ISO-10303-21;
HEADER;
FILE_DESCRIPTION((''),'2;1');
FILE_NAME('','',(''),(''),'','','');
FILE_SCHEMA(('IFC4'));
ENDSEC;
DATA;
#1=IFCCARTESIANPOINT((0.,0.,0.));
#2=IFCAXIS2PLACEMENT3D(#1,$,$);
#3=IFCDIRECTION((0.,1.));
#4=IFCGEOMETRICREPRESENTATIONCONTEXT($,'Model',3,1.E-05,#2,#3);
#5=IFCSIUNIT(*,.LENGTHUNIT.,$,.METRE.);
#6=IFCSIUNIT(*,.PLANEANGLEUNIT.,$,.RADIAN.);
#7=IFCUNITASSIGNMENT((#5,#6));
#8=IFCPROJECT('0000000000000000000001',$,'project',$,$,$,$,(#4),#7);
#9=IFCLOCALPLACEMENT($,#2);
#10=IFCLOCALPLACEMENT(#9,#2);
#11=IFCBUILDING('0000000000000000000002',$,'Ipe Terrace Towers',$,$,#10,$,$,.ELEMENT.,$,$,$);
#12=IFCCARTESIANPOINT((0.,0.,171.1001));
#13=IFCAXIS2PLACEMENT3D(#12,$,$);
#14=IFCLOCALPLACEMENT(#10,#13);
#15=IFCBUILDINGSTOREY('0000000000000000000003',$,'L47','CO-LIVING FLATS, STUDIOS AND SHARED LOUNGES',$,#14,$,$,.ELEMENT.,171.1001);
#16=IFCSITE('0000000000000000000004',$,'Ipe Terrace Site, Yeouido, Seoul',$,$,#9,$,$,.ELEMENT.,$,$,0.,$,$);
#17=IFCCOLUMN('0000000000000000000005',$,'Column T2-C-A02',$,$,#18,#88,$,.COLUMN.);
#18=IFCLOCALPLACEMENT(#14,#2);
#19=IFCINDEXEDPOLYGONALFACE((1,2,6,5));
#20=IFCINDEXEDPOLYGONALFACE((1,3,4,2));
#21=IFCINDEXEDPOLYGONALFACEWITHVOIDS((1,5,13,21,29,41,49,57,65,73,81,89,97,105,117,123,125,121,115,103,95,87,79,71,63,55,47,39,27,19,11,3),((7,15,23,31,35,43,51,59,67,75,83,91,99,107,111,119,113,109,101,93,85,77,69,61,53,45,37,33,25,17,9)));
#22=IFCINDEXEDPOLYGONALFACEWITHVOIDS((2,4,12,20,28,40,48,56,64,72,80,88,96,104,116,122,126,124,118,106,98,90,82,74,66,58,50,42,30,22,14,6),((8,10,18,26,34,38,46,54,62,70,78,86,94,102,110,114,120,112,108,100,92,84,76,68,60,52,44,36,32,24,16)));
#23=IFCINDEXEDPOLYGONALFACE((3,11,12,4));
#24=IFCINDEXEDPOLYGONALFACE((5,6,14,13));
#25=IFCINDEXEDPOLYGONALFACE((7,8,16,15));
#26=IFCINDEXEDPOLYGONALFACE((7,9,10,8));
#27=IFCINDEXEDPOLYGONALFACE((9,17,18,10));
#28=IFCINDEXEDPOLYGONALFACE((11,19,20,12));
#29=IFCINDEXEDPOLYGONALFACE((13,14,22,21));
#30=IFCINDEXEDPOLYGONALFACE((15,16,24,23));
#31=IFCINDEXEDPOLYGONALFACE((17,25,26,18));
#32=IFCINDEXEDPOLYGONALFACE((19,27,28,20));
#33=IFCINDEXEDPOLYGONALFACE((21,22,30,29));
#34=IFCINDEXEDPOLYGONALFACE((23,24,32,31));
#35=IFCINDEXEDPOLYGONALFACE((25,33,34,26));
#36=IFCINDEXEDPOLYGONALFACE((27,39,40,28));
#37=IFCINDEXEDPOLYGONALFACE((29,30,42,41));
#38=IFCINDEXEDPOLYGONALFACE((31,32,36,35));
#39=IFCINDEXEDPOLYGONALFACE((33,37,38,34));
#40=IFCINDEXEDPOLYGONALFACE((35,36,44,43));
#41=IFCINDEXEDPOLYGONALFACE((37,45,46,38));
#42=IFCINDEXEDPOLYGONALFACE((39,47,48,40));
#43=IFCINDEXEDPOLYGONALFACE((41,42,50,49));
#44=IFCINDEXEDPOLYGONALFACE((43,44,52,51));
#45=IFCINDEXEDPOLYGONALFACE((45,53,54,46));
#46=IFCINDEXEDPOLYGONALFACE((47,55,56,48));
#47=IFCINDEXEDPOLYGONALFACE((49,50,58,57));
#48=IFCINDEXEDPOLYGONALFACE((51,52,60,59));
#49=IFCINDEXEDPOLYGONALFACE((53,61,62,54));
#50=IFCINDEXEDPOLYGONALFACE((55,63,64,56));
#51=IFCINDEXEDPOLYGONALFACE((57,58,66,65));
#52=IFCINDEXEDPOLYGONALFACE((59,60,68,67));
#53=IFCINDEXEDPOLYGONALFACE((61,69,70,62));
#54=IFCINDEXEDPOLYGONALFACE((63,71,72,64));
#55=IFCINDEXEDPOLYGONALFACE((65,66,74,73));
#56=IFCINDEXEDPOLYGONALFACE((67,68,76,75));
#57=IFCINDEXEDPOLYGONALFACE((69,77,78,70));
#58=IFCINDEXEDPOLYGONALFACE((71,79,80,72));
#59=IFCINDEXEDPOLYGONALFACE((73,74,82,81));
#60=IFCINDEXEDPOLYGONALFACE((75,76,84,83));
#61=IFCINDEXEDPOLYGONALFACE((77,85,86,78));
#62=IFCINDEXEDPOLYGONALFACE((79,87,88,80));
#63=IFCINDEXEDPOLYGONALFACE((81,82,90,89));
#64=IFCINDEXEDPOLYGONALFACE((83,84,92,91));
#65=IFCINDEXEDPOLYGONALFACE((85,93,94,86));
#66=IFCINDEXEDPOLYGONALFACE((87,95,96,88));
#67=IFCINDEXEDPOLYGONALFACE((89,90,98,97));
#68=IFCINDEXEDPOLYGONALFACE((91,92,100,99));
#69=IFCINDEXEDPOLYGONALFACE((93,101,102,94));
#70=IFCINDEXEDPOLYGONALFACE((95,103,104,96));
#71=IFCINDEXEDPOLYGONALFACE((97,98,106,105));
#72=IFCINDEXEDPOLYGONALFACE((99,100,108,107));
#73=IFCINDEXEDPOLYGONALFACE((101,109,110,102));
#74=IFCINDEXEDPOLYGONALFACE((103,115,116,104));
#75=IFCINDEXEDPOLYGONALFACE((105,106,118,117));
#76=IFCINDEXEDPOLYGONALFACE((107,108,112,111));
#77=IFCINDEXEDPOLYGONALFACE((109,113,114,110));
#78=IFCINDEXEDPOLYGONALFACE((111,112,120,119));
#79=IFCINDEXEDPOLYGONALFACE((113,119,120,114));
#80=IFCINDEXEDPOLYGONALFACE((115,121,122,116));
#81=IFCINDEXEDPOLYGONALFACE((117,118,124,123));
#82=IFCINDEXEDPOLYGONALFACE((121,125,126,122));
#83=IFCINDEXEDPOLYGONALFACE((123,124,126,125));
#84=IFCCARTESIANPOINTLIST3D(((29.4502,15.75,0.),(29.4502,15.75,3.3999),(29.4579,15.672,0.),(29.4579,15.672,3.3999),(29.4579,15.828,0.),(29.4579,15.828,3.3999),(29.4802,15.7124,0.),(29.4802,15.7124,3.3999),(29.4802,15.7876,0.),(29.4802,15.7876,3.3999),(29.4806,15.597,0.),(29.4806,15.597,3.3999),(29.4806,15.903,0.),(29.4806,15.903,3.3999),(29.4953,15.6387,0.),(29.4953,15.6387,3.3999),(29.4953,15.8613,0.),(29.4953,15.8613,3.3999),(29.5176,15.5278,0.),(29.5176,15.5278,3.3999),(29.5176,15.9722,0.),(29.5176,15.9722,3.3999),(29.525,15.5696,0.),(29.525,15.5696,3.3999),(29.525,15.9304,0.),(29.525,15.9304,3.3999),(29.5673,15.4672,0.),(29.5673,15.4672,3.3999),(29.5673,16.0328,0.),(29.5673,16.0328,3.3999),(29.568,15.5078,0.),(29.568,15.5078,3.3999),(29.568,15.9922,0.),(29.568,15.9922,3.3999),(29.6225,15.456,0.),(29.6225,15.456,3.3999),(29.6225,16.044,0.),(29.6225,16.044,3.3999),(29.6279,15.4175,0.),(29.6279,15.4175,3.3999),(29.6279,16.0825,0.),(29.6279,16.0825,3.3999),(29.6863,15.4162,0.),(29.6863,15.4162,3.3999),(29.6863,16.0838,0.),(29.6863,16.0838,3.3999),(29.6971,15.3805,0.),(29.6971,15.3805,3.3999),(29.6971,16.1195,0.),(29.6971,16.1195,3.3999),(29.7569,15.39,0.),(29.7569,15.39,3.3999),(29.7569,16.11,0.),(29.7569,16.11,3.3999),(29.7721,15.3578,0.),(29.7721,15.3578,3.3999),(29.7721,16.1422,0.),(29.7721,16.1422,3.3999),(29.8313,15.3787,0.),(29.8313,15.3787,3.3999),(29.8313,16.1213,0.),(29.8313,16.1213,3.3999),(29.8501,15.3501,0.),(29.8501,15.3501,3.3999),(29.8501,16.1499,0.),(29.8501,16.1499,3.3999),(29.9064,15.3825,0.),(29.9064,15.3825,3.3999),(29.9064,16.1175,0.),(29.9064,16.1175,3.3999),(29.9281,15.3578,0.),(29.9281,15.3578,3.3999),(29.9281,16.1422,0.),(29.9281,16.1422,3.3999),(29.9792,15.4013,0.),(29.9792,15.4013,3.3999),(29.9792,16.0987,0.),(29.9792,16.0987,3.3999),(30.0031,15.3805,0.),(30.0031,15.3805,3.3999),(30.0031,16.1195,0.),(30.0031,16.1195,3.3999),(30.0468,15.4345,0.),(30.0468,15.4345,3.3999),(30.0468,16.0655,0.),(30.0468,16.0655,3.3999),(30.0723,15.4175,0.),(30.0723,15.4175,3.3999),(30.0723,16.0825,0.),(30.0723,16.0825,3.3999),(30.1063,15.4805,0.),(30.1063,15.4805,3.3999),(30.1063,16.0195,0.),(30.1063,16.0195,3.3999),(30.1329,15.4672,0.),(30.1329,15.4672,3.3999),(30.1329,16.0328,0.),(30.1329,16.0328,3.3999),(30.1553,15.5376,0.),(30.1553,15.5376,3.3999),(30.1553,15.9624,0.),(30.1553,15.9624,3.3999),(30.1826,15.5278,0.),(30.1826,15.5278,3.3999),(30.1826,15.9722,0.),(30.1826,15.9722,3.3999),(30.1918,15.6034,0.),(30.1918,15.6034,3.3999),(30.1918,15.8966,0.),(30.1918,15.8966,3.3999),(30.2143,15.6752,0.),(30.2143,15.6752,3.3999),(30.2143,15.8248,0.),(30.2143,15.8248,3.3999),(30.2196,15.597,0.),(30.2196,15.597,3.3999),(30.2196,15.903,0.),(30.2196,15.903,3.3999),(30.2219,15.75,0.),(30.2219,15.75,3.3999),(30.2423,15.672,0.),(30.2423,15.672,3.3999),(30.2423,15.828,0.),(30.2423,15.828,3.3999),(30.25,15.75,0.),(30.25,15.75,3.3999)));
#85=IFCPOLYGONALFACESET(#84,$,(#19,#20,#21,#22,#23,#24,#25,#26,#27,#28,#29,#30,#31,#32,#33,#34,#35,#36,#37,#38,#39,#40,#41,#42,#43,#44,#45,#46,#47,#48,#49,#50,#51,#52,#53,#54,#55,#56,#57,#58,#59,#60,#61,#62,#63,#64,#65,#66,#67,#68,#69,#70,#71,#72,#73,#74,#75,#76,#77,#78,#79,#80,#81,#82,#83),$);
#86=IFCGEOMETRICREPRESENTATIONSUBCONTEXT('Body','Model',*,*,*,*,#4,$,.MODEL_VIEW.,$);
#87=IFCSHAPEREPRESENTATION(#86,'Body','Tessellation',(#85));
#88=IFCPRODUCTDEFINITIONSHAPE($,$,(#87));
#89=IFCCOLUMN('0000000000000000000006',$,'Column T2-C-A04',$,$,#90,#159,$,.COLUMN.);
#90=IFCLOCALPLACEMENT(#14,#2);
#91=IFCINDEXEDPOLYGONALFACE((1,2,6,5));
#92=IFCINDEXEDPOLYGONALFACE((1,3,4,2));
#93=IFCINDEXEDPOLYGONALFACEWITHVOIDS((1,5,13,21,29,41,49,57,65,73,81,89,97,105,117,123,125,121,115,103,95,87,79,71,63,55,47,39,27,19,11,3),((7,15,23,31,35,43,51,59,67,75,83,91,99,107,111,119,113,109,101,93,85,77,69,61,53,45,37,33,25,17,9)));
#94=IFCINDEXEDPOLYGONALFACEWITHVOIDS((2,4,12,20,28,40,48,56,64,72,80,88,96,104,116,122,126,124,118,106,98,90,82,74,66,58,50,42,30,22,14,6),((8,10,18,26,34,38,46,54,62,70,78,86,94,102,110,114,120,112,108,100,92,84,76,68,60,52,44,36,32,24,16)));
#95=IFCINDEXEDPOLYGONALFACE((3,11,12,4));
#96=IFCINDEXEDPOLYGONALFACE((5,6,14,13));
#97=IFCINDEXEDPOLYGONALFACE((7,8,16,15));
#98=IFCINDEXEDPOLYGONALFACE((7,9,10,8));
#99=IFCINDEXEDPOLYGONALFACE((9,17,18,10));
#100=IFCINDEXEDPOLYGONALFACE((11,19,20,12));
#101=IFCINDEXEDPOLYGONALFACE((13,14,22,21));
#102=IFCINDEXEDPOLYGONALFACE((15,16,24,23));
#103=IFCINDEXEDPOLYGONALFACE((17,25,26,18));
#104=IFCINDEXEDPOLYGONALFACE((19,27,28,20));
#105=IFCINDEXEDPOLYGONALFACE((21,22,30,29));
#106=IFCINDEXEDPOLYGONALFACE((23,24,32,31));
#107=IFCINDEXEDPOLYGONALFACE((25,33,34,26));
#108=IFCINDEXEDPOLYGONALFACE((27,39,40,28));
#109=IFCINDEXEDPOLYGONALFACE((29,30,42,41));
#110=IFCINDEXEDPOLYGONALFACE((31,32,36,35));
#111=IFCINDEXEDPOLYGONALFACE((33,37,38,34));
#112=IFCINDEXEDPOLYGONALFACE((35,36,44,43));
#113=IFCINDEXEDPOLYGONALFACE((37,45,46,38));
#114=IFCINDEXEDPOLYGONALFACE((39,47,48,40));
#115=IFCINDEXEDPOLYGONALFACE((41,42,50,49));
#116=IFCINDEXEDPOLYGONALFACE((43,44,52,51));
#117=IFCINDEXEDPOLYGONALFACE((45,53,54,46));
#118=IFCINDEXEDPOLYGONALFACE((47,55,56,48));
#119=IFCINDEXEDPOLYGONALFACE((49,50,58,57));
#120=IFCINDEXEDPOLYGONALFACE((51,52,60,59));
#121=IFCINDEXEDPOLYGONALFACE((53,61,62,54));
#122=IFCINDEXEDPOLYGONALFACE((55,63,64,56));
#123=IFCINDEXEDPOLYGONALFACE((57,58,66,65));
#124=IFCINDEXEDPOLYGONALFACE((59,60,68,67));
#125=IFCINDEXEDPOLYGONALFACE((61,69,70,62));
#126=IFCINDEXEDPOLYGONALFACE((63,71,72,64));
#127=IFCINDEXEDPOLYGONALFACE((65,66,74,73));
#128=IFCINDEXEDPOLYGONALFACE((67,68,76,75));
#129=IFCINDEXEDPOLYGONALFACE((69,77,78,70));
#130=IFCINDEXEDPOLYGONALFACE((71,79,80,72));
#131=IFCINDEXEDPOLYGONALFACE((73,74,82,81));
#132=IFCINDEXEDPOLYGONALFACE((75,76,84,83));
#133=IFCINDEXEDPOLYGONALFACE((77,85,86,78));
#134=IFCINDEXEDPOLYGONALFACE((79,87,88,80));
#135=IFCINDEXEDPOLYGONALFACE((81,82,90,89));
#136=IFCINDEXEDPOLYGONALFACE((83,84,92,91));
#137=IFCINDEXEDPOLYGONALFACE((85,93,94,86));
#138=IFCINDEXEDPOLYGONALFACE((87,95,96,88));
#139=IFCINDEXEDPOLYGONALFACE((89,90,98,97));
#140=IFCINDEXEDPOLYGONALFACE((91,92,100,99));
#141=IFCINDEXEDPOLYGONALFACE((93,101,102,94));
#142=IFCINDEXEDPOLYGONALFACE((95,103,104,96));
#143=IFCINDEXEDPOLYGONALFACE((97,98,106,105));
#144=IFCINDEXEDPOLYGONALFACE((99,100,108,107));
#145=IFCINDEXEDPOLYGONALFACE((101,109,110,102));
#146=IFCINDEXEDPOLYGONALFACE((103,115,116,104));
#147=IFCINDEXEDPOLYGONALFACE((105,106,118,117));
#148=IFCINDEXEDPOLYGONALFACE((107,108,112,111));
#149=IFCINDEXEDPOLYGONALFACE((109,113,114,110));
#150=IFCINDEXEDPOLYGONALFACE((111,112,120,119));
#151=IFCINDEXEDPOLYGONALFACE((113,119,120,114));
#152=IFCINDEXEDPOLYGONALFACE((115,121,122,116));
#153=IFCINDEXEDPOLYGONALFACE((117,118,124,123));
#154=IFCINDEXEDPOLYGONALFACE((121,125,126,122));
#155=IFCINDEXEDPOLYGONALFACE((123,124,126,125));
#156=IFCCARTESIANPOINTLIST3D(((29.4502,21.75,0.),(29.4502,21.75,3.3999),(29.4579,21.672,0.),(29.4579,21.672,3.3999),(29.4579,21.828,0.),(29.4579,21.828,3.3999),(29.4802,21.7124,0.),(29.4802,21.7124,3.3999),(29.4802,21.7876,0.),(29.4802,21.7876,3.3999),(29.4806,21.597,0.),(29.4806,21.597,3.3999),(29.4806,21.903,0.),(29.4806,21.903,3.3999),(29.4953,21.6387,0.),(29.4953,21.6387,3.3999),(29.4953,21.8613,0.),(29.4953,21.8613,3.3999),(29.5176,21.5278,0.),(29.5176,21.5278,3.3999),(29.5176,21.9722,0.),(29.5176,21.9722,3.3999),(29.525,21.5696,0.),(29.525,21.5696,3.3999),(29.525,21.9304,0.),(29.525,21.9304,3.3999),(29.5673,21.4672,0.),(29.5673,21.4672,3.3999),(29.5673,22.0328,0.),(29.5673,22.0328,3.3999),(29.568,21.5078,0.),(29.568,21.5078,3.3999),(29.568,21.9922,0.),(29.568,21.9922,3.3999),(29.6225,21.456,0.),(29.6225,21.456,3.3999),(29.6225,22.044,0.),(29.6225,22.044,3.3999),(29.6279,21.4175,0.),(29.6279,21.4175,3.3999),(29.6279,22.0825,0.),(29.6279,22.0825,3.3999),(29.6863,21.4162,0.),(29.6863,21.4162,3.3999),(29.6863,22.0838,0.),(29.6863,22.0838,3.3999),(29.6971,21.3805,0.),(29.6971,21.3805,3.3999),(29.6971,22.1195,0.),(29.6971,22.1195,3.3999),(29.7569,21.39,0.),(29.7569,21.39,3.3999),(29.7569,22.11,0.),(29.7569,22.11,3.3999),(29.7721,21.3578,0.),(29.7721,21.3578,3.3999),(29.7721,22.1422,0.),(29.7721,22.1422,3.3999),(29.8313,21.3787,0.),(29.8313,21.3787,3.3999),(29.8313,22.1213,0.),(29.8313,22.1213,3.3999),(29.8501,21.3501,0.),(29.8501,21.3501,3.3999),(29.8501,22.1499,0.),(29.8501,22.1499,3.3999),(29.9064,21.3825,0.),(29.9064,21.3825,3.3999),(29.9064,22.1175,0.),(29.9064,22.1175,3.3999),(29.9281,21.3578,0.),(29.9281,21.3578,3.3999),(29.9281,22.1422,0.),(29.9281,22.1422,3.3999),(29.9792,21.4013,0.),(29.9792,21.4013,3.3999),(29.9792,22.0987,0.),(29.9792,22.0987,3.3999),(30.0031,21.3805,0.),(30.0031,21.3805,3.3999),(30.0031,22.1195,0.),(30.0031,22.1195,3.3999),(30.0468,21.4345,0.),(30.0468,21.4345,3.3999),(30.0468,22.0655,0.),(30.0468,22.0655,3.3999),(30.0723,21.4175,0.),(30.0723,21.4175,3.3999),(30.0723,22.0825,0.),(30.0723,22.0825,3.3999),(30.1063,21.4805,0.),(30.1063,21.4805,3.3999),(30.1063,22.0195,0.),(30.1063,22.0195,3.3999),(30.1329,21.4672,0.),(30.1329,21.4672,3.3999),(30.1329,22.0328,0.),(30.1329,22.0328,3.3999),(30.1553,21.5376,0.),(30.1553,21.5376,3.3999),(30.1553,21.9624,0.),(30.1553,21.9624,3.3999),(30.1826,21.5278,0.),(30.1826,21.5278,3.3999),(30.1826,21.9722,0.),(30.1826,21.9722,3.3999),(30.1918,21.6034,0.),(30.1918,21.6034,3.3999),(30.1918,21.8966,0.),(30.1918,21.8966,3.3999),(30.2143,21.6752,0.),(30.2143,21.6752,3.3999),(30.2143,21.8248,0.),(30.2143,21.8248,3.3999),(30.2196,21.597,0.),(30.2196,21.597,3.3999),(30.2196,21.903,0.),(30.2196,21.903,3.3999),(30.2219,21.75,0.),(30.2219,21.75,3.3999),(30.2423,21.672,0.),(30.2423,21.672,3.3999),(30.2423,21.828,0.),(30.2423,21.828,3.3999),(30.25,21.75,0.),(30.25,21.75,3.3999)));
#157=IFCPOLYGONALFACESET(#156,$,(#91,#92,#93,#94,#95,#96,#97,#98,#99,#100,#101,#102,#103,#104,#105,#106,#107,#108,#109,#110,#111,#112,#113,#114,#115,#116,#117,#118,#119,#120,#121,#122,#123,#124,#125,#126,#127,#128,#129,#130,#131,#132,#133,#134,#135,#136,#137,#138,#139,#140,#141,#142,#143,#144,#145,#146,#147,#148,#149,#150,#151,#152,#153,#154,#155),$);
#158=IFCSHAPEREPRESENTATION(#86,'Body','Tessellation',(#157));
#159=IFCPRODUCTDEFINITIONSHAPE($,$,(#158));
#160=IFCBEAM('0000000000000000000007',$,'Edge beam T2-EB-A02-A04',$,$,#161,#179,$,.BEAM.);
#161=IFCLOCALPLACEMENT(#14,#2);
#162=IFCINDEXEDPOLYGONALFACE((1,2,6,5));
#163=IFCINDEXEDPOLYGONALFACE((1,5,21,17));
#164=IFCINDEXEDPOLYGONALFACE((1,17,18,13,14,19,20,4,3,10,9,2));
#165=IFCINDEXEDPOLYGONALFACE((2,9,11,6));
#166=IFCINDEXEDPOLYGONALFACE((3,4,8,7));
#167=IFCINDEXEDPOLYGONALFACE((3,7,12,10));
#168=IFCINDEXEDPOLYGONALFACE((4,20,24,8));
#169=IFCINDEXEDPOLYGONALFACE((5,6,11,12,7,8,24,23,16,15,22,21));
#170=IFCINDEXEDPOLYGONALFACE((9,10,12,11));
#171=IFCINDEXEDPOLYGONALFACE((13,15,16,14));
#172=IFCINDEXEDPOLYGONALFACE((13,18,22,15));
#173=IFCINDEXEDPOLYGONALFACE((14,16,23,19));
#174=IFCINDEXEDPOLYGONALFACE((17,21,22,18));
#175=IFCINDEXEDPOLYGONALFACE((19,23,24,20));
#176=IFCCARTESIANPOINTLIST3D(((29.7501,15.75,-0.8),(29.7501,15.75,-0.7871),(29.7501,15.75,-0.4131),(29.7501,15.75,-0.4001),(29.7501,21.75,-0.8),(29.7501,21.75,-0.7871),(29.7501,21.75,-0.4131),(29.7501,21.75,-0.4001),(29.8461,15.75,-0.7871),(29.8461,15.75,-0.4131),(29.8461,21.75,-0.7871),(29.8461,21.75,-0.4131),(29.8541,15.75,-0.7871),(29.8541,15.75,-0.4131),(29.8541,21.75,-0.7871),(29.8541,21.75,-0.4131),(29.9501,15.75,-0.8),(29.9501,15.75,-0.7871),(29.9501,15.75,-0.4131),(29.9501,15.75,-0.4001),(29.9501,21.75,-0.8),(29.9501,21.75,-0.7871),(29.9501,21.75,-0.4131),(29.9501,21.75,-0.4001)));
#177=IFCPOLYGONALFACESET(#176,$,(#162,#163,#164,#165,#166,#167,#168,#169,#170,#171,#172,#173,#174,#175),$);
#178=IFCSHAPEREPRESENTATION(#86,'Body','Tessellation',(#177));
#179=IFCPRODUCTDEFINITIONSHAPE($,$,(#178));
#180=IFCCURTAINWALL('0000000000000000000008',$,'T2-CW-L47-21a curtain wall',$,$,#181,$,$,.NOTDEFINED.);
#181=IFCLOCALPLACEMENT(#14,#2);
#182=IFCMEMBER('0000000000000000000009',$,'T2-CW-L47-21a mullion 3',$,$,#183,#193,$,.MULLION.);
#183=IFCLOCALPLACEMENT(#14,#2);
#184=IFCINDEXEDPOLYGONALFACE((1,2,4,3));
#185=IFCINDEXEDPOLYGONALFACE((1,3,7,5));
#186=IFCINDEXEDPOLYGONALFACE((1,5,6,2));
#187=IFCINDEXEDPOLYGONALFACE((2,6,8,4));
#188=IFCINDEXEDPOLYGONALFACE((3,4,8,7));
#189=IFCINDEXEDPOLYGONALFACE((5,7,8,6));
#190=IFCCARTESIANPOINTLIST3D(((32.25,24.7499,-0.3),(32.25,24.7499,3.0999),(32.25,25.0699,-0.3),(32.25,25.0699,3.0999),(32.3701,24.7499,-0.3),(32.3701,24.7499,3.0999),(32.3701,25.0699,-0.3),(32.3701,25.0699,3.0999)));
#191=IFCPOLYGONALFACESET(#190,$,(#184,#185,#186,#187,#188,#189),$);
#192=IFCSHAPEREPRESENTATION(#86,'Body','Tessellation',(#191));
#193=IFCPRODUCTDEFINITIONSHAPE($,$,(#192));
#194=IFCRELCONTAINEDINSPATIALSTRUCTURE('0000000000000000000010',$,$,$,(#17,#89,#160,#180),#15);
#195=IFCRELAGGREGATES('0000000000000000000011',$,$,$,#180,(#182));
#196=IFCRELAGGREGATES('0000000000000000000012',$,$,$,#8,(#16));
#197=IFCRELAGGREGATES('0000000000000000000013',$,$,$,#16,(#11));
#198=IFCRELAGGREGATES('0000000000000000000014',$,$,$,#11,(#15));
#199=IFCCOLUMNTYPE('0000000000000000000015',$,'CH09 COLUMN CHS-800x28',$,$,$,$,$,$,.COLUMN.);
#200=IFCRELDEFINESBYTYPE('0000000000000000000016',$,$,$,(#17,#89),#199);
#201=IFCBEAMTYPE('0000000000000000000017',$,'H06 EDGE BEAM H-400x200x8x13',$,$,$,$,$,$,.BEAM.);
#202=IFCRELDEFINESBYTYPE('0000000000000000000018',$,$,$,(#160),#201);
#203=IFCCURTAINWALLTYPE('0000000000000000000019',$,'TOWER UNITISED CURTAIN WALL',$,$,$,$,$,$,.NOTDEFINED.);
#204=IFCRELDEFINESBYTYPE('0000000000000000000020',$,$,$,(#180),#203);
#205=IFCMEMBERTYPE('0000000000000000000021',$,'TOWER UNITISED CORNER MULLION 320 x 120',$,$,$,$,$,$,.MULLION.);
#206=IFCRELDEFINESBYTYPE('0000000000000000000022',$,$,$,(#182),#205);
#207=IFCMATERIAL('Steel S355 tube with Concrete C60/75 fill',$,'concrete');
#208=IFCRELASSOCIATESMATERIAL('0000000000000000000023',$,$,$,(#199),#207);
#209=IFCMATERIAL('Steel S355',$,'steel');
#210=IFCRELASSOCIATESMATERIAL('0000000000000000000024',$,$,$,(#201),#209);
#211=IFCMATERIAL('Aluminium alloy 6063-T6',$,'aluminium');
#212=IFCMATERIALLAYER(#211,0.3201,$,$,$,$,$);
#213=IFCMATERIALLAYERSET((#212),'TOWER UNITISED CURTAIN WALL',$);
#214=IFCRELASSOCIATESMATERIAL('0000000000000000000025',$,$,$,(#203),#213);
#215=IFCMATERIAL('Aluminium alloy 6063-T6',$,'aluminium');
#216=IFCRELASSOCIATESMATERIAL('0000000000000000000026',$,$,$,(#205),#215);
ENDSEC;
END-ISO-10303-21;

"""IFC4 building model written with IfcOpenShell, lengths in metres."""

from ifc_helpers import new_model, si_unit, direction, frame, origin, origin_2d, place, context, subcontext, project, spatial, rectangle, hollow_circle, i_section, extrude, material, layer, layer_set, material_profile, profile_set, type_object, element, aggregate, save


model = new_model("IFC4")

# Units and contexts
model_context = context("Model", 3, precision=1e-05, world=origin(), true_north=direction((0.0, 1.0)))
body_context = subcontext(model_context, "Body", "Model", "MODEL_VIEW")
ifc_project = project(units=[si_unit("LENGTHUNIT", "METRE"), si_unit("PLANEANGLEUNIT", "RADIAN")], contexts=[model_context])

# Site, building, storey
site_placement = place(None, origin())
site = spatial("IfcSite", under=ifc_project, at=site_placement, Name="Ipe Terrace Site, Yeouido, Seoul", CompositionType="ELEMENT", RefElevation=0.0)
building_placement = place(site_placement, origin())
building = spatial("IfcBuilding", under=site, at=building_placement, Name="Ipe Terrace Towers", CompositionType="ELEMENT")
storey_placement = place(building_placement, frame((0.0, 0.0, 171.1001)))
storey = spatial("IfcBuildingStorey", under=building, at=storey_placement, Name="L47", Description="CO-LIVING FLATS, STUDIOS AND SHARED LOUNGES", CompositionType="ELEMENT", Elevation=171.1001)

# Columns
ifc_material_1 = material(Name="Steel S355 tube with Concrete C60/75 fill", Category="concrete")
ifc_material_profile_1 = material_profile(ifc_material_1, hollow_circle(Radius=0.3999, WallThickness=0.0281, at=origin_2d()), Name="CHS-800x28")
ifc_profile_set_1 = profile_set([ifc_material_profile_1], Name="Steel S355 tube with Concrete C60/75 fill")
column_type = type_object("IfcColumnType", Name="CH09 COLUMN CHS-800x28", PredefinedType="COLUMN", material=ifc_profile_set_1)
for number, where, z_axis, x_axis, name in (
    (1, (29.8501, 15.75, 0.0), (0.0, 0.0, 1.0), (1.0, 0.0, 0.0), "Column T2-C-A02"),
    (2, (29.8501, 21.75, 0.0), (0.0, 0.0, 1.0), (1.0, 0.0, 0.0), "Column T2-C-A04"),
):
    element("IfcColumn", number, at=place(storey_placement, frame(where, z_axis=z_axis, x_axis=x_axis)), inside=storey, type_object=column_type, Name=name, PredefinedType="COLUMN", context=body_context, shape_type="SweptSolid", body=[
        extrude(hollow_circle(Radius=0.3999, WallThickness=0.0281, at=origin_2d()), origin(), (0.0, 0.0, 1.0), 3.3999),
    ])

# Beam
ifc_material_2 = material(Name="Steel S355", Category="steel")
ifc_material_profile_2 = material_profile(ifc_material_2, i_section(OverallWidth=0.2, OverallDepth=0.3999, WebThickness=0.0081, FlangeThickness=0.0129, at=origin_2d()), Name="H-400x200x8x13")
ifc_profile_set_2 = profile_set([ifc_material_profile_2], Name="Steel S355")
beam_type = type_object("IfcBeamType", Name="H06 EDGE BEAM H-400x200x8x13", PredefinedType="BEAM", material=ifc_profile_set_2)
beam_placement = place(storey_placement, frame((29.8501, 15.75, -0.6001), z_axis=(0.0, 1.0, 0.0), x_axis=(-1.0, 0.0, 0.0)))
element("IfcBeam", 3, at=beam_placement, inside=storey, type_object=beam_type, Name="Edge beam T2-EB-A02-A04", PredefinedType="BEAM", context=body_context, shape_type="SweptSolid", body=[
    extrude(i_section(OverallWidth=0.2, OverallDepth=0.3999, WebThickness=0.0081, FlangeThickness=0.0129, at=origin_2d()), origin(), (0.0, 0.0, 1.0), 6.0),
])

# Curtain wall, member
ifc_material_3 = material(Name="Aluminium alloy 6063-T6", Category="aluminium")
ifc_layer_1 = layer(ifc_material_3, 0.3201)
ifc_layer_set_1 = layer_set([ifc_layer_1], Name="TOWER UNITISED CURTAIN WALL")
curtain_wall_type = type_object("IfcCurtainWallType", Name="TOWER UNITISED CURTAIN WALL", PredefinedType="NOTDEFINED", material=ifc_layer_set_1)
curtain_wall_1_placement = place(storey_placement, origin())
curtain_wall_1 = element("IfcCurtainWall", 4, at=curtain_wall_1_placement, inside=storey, type_object=curtain_wall_type, Name="T2-CW-L47-21a curtain wall", PredefinedType="NOTDEFINED")
ifc_material_4 = material(Name="Aluminium alloy 6063-T6", Category="aluminium")
ifc_material_profile_3 = material_profile(ifc_material_4, rectangle(XDim=0.3201, YDim=0.1201, at=origin_2d()), Name="TOWER UNITISED CORNER MULLION 320 x 120")
ifc_profile_set_3 = profile_set([ifc_material_profile_3], Name="Aluminium alloy 6063-T6")
member_type = type_object("IfcMemberType", Name="TOWER UNITISED CORNER MULLION 320 x 120", PredefinedType="MULLION", material=ifc_profile_set_3)
member_1_placement = place(storey_placement, frame((32.3101, 24.9099, -0.3), z_axis=(0.0, 0.0, 1.0), x_axis=(0.0, 1.0, 0.0)))
member_1 = element("IfcMember", 5, at=member_1_placement, type_object=member_type, Name="T2-CW-L47-21a mullion 3", PredefinedType="MULLION", context=body_context, shape_type="SweptSolid", body=[
    extrude(rectangle(XDim=0.3201, YDim=0.1201, at=origin_2d()), origin(), (0.0, 0.0, 1.0), 3.3999),
])

aggregate(curtain_wall_1, [member_1])

save(model, "model.ifc")
